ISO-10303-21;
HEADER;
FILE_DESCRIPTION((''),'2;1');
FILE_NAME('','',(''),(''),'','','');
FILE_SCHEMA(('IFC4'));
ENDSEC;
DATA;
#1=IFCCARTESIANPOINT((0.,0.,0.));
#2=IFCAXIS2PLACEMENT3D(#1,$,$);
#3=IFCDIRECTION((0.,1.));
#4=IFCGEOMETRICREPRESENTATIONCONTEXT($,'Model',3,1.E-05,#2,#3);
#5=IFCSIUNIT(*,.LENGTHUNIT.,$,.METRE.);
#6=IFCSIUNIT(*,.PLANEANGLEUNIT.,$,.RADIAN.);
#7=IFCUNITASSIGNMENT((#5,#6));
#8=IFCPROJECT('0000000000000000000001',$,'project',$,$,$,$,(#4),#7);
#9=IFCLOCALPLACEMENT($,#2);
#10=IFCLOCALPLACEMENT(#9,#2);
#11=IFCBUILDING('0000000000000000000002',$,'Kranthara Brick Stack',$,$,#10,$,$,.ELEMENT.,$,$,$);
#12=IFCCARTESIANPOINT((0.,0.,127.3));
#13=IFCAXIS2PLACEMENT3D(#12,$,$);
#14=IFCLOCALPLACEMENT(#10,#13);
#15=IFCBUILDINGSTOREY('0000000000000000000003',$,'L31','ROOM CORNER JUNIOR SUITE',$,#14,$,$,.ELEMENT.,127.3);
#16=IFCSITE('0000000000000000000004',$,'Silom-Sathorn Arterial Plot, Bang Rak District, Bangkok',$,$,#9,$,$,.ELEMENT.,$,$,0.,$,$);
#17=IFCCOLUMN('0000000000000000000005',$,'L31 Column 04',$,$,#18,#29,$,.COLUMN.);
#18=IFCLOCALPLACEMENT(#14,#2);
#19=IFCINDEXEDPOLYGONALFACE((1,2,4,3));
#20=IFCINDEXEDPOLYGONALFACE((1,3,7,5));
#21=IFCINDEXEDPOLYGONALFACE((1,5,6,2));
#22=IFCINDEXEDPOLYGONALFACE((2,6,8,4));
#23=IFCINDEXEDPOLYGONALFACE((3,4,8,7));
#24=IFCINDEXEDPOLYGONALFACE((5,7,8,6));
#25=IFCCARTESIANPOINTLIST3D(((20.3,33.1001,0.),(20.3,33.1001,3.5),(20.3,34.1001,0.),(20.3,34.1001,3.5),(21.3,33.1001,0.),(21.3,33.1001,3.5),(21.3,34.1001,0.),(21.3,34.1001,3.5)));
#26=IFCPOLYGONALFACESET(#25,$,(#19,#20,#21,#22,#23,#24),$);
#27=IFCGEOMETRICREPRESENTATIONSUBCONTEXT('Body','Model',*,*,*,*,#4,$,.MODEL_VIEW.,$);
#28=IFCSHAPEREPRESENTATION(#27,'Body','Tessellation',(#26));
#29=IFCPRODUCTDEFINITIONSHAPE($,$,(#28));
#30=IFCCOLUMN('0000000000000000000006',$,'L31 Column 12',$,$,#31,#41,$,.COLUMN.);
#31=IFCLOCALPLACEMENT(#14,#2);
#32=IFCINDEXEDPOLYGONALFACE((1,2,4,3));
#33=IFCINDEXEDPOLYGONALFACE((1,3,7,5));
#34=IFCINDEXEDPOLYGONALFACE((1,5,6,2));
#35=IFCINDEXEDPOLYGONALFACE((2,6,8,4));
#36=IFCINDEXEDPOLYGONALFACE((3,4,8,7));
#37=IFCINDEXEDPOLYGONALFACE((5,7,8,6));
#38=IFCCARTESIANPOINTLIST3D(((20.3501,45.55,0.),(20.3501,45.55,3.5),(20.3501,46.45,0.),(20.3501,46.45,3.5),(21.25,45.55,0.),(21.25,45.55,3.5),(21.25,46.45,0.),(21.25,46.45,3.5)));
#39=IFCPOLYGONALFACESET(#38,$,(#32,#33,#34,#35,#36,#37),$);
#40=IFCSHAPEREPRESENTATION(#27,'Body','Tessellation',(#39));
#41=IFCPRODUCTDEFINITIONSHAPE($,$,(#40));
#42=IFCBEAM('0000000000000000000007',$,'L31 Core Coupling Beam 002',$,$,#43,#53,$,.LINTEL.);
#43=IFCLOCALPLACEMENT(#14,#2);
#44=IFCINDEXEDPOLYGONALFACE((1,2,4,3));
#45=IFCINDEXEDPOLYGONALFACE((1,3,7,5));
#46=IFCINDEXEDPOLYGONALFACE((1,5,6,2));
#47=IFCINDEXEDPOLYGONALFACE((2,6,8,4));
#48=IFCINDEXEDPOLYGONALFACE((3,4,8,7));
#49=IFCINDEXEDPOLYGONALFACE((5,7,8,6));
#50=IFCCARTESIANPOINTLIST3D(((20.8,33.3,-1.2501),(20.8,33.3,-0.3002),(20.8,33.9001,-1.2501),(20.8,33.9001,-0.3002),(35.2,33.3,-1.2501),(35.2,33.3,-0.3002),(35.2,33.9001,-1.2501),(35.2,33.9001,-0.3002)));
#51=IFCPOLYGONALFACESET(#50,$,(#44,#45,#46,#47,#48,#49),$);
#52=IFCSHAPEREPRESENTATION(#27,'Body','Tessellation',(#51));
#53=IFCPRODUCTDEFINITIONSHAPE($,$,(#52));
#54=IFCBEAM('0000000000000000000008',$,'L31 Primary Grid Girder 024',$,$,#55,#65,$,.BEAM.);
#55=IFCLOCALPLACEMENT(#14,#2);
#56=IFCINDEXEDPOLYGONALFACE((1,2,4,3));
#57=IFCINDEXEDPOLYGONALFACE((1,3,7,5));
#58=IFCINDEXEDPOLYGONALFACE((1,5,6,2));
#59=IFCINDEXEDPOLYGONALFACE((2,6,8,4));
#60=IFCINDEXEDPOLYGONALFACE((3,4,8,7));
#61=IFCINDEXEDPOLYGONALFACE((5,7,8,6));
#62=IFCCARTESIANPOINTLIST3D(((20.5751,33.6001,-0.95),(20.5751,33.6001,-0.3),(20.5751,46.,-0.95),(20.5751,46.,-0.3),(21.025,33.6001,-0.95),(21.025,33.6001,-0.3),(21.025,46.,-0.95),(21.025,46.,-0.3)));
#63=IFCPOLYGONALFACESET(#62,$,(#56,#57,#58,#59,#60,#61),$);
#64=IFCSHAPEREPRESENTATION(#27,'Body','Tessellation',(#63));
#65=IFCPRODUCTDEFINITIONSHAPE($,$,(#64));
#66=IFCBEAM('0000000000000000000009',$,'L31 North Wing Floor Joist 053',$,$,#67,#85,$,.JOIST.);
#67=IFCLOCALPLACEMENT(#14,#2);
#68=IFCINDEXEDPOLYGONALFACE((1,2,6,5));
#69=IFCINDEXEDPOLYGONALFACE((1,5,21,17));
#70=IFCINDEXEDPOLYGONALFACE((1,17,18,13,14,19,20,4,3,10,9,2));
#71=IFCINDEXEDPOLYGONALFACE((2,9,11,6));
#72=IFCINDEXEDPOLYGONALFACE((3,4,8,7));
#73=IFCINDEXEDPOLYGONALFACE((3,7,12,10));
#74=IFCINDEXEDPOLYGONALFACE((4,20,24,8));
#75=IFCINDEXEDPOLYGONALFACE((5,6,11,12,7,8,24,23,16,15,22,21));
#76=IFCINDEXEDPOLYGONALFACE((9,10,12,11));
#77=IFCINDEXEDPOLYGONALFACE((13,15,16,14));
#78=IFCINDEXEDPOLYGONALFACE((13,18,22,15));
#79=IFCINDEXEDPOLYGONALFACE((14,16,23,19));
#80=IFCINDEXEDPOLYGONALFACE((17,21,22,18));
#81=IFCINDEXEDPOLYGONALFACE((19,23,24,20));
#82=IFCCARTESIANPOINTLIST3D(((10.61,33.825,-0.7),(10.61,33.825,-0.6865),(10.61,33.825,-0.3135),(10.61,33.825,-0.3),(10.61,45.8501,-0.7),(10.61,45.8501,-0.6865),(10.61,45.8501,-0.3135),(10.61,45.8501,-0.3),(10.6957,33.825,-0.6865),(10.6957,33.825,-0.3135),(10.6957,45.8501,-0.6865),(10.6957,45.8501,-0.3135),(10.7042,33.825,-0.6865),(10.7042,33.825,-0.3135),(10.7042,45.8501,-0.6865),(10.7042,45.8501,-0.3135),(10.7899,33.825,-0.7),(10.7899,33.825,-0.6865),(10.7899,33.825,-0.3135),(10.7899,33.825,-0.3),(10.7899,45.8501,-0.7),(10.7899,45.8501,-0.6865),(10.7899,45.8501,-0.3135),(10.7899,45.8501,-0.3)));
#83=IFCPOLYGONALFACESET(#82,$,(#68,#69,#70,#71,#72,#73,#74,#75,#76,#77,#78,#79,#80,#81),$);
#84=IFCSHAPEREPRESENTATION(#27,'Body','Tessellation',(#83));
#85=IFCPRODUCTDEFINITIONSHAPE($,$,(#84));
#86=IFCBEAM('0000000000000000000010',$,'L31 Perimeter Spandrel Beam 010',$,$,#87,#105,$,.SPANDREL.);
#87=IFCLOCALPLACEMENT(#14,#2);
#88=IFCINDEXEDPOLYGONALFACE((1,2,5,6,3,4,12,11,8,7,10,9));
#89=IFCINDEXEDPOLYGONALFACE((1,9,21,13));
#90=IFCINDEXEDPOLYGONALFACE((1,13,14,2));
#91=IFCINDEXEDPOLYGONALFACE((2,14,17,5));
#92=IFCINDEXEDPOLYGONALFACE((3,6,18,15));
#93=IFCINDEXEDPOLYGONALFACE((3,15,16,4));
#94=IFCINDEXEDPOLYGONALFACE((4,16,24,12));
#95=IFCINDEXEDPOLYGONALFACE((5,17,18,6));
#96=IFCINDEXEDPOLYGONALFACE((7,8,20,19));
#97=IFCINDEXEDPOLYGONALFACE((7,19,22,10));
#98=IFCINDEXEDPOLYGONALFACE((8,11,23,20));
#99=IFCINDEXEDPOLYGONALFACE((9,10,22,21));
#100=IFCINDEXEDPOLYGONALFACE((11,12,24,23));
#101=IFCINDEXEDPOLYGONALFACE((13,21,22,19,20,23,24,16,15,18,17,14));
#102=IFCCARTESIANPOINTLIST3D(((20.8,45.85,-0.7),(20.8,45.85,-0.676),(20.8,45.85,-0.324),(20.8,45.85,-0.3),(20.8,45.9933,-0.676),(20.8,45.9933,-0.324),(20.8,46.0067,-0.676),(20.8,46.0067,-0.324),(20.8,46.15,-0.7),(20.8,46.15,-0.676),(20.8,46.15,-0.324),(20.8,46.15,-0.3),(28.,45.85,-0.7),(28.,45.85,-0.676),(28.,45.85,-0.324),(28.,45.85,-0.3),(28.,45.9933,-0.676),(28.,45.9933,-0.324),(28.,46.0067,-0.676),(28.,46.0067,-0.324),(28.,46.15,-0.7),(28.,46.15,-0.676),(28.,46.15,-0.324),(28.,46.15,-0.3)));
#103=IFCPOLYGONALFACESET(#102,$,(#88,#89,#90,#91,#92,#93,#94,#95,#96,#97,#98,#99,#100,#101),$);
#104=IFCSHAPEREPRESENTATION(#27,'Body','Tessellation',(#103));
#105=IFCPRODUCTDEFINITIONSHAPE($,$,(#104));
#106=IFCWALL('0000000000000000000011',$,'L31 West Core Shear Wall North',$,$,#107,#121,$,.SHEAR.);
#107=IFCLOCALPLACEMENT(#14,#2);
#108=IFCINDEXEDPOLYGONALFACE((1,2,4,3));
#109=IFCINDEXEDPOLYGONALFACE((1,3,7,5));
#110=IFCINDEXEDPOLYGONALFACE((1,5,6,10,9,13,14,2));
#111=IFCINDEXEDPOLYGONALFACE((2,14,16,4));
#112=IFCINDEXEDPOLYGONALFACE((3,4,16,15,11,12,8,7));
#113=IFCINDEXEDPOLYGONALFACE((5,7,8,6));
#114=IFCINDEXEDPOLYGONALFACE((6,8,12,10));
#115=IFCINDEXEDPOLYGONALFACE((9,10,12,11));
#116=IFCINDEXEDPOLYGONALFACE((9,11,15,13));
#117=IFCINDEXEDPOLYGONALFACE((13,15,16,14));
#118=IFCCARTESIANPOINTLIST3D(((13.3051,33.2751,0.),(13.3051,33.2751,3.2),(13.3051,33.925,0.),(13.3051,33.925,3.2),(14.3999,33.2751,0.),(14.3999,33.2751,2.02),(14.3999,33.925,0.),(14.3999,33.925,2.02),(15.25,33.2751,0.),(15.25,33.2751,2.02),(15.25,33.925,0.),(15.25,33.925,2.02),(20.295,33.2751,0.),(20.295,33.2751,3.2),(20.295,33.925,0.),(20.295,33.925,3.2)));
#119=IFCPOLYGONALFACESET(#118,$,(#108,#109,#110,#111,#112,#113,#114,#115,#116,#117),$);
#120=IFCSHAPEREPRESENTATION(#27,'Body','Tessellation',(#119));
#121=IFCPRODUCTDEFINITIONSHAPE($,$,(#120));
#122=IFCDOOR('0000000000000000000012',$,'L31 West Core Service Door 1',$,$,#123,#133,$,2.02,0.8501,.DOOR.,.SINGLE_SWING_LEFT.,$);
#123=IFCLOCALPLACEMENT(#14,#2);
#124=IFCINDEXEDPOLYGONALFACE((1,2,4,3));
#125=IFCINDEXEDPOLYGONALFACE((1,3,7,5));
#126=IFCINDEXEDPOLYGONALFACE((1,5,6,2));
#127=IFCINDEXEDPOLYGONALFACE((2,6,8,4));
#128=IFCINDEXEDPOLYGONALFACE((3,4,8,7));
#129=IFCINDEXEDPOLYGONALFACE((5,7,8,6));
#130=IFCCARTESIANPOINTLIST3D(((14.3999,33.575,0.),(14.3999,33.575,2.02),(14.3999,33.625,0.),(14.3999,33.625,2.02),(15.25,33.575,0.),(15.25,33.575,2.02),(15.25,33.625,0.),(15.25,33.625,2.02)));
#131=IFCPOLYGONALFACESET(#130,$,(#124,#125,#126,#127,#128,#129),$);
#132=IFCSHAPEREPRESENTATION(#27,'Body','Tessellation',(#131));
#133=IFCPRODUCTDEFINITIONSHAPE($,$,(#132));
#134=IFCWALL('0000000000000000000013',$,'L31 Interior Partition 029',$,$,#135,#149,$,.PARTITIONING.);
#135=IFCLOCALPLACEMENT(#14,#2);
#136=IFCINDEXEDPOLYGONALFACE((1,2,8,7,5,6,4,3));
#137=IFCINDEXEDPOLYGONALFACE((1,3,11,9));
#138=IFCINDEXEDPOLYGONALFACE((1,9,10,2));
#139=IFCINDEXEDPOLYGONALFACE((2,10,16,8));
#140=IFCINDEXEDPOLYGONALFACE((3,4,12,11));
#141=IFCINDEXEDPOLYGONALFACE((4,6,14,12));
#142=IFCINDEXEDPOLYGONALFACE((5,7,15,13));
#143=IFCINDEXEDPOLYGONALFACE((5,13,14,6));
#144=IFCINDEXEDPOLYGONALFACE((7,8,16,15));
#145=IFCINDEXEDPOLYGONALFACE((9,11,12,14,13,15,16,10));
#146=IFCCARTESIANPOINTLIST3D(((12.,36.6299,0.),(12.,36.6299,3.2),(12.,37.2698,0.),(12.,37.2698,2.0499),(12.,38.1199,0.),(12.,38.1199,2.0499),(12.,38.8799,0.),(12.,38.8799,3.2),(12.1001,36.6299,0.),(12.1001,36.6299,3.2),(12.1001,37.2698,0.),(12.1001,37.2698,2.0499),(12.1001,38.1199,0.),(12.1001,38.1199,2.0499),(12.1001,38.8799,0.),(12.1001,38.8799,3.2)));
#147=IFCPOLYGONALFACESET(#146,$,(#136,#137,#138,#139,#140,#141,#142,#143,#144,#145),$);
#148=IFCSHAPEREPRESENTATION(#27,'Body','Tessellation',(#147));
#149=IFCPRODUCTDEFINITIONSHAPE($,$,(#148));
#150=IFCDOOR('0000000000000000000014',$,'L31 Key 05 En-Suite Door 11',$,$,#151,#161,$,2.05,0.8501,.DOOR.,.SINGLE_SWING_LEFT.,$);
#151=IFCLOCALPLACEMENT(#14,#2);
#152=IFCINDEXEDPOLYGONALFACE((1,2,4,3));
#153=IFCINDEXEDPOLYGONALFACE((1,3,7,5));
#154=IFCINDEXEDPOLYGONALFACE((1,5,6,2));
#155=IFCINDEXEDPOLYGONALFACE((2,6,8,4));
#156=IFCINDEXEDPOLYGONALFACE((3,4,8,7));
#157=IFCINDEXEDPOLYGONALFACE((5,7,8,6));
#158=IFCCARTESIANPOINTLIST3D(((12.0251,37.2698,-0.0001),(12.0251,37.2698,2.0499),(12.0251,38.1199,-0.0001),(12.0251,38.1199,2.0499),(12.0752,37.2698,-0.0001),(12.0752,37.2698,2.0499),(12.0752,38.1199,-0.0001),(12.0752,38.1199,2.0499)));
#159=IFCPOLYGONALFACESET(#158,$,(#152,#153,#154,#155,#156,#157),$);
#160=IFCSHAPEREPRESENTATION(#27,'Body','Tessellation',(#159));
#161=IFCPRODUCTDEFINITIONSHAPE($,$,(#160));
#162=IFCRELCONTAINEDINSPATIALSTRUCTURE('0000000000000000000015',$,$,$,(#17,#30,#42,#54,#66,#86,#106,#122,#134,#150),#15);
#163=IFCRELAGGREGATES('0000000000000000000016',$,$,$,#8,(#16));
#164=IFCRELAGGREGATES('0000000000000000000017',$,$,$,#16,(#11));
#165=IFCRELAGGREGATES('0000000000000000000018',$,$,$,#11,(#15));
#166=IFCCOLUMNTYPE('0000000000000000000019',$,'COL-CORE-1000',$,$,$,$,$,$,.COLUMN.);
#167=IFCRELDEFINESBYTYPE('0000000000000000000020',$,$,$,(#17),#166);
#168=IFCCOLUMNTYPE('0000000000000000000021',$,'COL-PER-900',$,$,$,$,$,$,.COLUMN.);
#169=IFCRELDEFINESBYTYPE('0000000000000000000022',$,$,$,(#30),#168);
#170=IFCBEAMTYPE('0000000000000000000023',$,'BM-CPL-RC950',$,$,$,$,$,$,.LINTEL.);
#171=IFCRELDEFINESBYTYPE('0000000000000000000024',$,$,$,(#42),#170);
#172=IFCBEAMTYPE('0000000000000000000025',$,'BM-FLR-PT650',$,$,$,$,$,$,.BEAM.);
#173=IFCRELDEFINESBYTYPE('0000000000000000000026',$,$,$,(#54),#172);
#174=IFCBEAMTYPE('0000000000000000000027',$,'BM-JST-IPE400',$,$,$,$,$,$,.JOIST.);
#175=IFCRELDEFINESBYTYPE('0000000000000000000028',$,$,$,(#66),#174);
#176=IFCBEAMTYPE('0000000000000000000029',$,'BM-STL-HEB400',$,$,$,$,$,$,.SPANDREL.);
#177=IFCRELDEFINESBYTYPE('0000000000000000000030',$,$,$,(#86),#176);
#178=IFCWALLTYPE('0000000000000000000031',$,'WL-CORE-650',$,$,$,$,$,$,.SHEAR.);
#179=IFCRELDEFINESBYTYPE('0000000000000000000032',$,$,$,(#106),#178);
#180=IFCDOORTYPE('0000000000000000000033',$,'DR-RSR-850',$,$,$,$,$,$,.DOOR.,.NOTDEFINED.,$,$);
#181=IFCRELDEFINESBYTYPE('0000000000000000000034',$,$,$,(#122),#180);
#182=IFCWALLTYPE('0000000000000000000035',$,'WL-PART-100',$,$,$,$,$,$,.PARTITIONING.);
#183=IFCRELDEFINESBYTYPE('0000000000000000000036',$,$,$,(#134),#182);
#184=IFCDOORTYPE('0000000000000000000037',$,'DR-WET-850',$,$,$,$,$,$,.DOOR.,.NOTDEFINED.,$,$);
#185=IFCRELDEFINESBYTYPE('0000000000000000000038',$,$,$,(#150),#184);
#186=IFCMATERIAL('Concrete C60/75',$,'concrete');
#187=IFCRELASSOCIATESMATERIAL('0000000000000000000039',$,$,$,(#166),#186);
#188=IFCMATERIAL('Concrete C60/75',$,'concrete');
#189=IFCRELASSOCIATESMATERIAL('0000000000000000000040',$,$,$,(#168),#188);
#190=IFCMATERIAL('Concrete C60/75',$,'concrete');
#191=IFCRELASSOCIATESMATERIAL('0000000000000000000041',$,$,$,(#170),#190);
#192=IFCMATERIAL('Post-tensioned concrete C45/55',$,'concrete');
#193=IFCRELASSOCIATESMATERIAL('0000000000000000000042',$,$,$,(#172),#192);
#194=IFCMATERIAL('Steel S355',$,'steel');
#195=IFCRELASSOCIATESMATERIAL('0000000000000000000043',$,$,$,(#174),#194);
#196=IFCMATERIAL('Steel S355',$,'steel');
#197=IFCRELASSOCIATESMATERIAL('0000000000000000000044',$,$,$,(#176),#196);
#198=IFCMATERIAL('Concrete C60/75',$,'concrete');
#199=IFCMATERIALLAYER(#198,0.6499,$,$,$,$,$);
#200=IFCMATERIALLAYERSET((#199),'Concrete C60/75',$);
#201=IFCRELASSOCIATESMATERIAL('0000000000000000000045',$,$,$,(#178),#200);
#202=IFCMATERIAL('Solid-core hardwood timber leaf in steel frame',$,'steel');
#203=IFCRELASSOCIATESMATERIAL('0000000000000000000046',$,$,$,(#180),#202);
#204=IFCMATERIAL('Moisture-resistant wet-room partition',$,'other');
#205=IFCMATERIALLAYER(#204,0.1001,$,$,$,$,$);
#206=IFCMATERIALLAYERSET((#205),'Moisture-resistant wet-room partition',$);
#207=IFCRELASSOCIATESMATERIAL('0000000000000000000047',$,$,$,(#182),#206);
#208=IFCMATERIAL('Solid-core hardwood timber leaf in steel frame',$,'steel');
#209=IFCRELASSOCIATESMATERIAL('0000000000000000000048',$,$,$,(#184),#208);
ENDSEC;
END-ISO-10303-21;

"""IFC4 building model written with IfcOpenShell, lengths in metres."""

from ifc_helpers import new_model, si_unit, direction, frame, frame_2d, origin, origin_2d, place, context, subcontext, project, spatial, rectangle, i_section, extrude, material, layer, layer_set, material_profile, profile_set, type_object, element, fill, save


model = new_model("IFC4")

# Units and contexts
model_context = context("Model", 3, precision=1e-05, world=origin(), true_north=direction((0.0, 1.0)))
body_context = subcontext(model_context, "Body", "Model", "MODEL_VIEW")
ifc_project = project(units=[si_unit("LENGTHUNIT", "METRE"), si_unit("PLANEANGLEUNIT", "RADIAN")], contexts=[model_context])

# Site, building, storey
site_placement = place(None, origin())
site = spatial("IfcSite", under=ifc_project, at=site_placement, Name="Silom-Sathorn Arterial Plot, Bang Rak District, Bangkok", CompositionType="ELEMENT", RefElevation=0.0)
building_placement = place(site_placement, origin())
building = spatial("IfcBuilding", under=site, at=building_placement, Name="Kranthara Brick Stack", CompositionType="ELEMENT")
storey_placement = place(building_placement, frame((0.0, 0.0, 127.3)))
storey = spatial("IfcBuildingStorey", under=building, at=storey_placement, Name="L31", Description="ROOM CORNER JUNIOR SUITE", CompositionType="ELEMENT", Elevation=127.3)

# Columns
ifc_material_1 = material(Name="Concrete C60/75", Category="concrete")
ifc_material_profile_1 = material_profile(ifc_material_1, rectangle(XDim=1.0, YDim=1.0, at=origin_2d()), Name="RC 1000x1000")
ifc_profile_set_1 = profile_set([ifc_material_profile_1], Name="Concrete C60/75")
column_type_1 = type_object("IfcColumnType", Name="COL-CORE-1000", PredefinedType="COLUMN", material=ifc_profile_set_1)
column_1_placement = place(storey_placement, frame((20.8, 33.6001, 0.0), z_axis=(0.0, 0.0, 1.0), x_axis=(1.0, 0.0, 0.0)))
element("IfcColumn", 1, at=column_1_placement, inside=storey, type_object=column_type_1, Name="L31 Column 04", PredefinedType="COLUMN", context=body_context, shape_type="SweptSolid", body=[
    extrude(rectangle(XDim=1.0, YDim=1.0, at=origin_2d()), origin(), (0.0, 0.0, 1.0), 3.5),
])
ifc_material_2 = material(Name="Concrete C60/75", Category="concrete")
ifc_material_profile_2 = material_profile(ifc_material_2, rectangle(XDim=0.8999, YDim=0.8999, at=origin_2d()), Name="RC 900x900")
ifc_profile_set_2 = profile_set([ifc_material_profile_2], Name="Concrete C60/75")
column_type_2 = type_object("IfcColumnType", Name="COL-PER-900", PredefinedType="COLUMN", material=ifc_profile_set_2)
column_2_placement = place(storey_placement, frame((20.8, 46.0, 0.0), z_axis=(0.0, 0.0, 1.0), x_axis=(1.0, 0.0, 0.0)))
element("IfcColumn", 2, at=column_2_placement, inside=storey, type_object=column_type_2, Name="L31 Column 12", PredefinedType="COLUMN", context=body_context, shape_type="SweptSolid", body=[
    extrude(rectangle(XDim=0.8999, YDim=0.8999, at=origin_2d()), origin(), (0.0, 0.0, 1.0), 3.5),
])

# Beams
ifc_material_3 = material(Name="Concrete C60/75", Category="concrete")
ifc_material_profile_3 = material_profile(ifc_material_3, rectangle(XDim=0.6001, YDim=0.95, at=origin_2d()), Name="RC 600x950")
ifc_profile_set_3 = profile_set([ifc_material_profile_3], Name="Concrete C60/75")
beam_type_1 = type_object("IfcBeamType", Name="BM-CPL-RC950", PredefinedType="LINTEL", material=ifc_profile_set_3)
beam_1_placement = place(storey_placement, frame((20.8, 33.6001, -0.7751), z_axis=(1.0, 0.0, 0.0), x_axis=(0.0, 1.0, 0.0)))
element("IfcBeam", 3, at=beam_1_placement, inside=storey, type_object=beam_type_1, Name="L31 Core Coupling Beam 002", PredefinedType="LINTEL", context=body_context, shape_type="SweptSolid", body=[
    extrude(rectangle(XDim=0.6001, YDim=0.95, at=origin_2d()), origin(), (0.0, 0.0, 1.0), 14.3999),
])
ifc_material_4 = material(Name="Post-tensioned concrete C45/55", Category="concrete")
ifc_material_profile_4 = material_profile(ifc_material_4, rectangle(XDim=0.45, YDim=0.6499, at=origin_2d()), Name="PT 450x650")
ifc_profile_set_4 = profile_set([ifc_material_profile_4], Name="Post-tensioned concrete C45/55")
beam_type_2 = type_object("IfcBeamType", Name="BM-FLR-PT650", PredefinedType="BEAM", material=ifc_profile_set_4)
beam_2_placement = place(storey_placement, frame((20.8, 33.6001, -0.625), z_axis=(0.0, 1.0, 0.0), x_axis=(-1.0, 0.0, 0.0)))
element("IfcBeam", 4, at=beam_2_placement, inside=storey, type_object=beam_type_2, Name="L31 Primary Grid Girder 024", PredefinedType="BEAM", context=body_context, shape_type="SweptSolid", body=[
    extrude(rectangle(XDim=0.45, YDim=0.6499, at=origin_2d()), origin(), (0.0, 0.0, 1.0), 12.3999),
])
ifc_material_5 = material(Name="Steel S355", Category="steel")
ifc_material_profile_5 = material_profile(ifc_material_5, i_section(OverallWidth=0.1799, OverallDepth=0.3999, WebThickness=0.0085, FlangeThickness=0.0134, at=origin_2d()), Name="IPE 400")
ifc_profile_set_5 = profile_set([ifc_material_profile_5], Name="Steel S355")
beam_type_3 = type_object("IfcBeamType", Name="BM-JST-IPE400", PredefinedType="JOIST", material=ifc_profile_set_5)
beam_3_placement = place(storey_placement, frame((10.7, 33.825, -0.5), z_axis=(0.0, 1.0, 0.0), x_axis=(-1.0, 0.0, 0.0)))
element("IfcBeam", 5, at=beam_3_placement, inside=storey, type_object=beam_type_3, Name="L31 North Wing Floor Joist 053", PredefinedType="JOIST", context=body_context, shape_type="SweptSolid", body=[
    extrude(i_section(OverallWidth=0.1799, OverallDepth=0.3999, WebThickness=0.0085, FlangeThickness=0.0134, at=origin_2d()), origin(), (0.0, 0.0, 1.0), 12.0251),
])
ifc_material_6 = material(Name="Steel S355", Category="steel")
ifc_material_profile_6 = material_profile(ifc_material_6, i_section(OverallWidth=0.3, OverallDepth=0.3999, WebThickness=0.0134, FlangeThickness=0.0239, at=origin_2d()), Name="HEB 400")
ifc_profile_set_6 = profile_set([ifc_material_profile_6], Name="Steel S355")
beam_type_4 = type_object("IfcBeamType", Name="BM-STL-HEB400", PredefinedType="SPANDREL", material=ifc_profile_set_6)
beam_4_placement = place(storey_placement, frame((20.8, 46.0, -0.5), z_axis=(1.0, 0.0, 0.0), x_axis=(0.0, 1.0, 0.0)))
element("IfcBeam", 6, at=beam_4_placement, inside=storey, type_object=beam_type_4, Name="L31 Perimeter Spandrel Beam 010", PredefinedType="SPANDREL", context=body_context, shape_type="SweptSolid", body=[
    extrude(i_section(OverallWidth=0.3, OverallDepth=0.3999, WebThickness=0.0134, FlangeThickness=0.0239, at=origin_2d()), origin(), (0.0, 0.0, 1.0), 7.2),
])

# Walls, openings, doors
ifc_material_7 = material(Name="Concrete C60/75", Category="concrete")
ifc_layer_1 = layer(ifc_material_7, 0.6499)
ifc_layer_set_1 = layer_set([ifc_layer_1], Name="Concrete C60/75")
wall_type_1 = type_object("IfcWallType", Name="WL-CORE-650", PredefinedType="SHEAR", material=ifc_layer_set_1)
wall_1_placement = place(storey_placement, frame((13.3049, 33.6001, 0.0), z_axis=(0.0, 0.0, 1.0), x_axis=(1.0, 0.0, 0.0)))
wall_1 = element("IfcWall", 7, at=wall_1_placement, inside=storey, type_object=wall_type_1, Name="L31 West Core Shear Wall North", PredefinedType="SHEAR", context=body_context, shape_type="SweptSolid", body=[
    extrude(rectangle(XDim=6.99, YDim=0.6499, at=frame_2d((3.4951, 0.0))), origin(), (0.0, 0.0, 1.0), 3.2),
])
opening_1_placement = place(wall_1_placement, frame((1.095, 0.0, 0.0)))
opening_1 = element("IfcOpeningElement", 8, at=opening_1_placement, cuts=wall_1, PredefinedType="OPENING", context=body_context, shape_type="SweptSolid", body=[
    extrude(rectangle(XDim=0.8501, YDim=2.02, at=frame_2d((0.425, 1.01))), frame((0.0, 0.335, 0.0), z_axis=(0.0, -1.0, 0.0), x_axis=(1.0, 0.0, 0.0)), (0.0, 0.0, 1.0), 0.6699),
])
ifc_material_8 = material(Name="Solid-core hardwood timber leaf in steel frame", Category="steel")
door_type_1 = type_object("IfcDoorType", Name="DR-RSR-850", OperationType="NOTDEFINED", PredefinedType="DOOR", material=ifc_material_8)
door_1_placement = place(opening_1_placement, origin())
door_1 = element("IfcDoor", 9, at=door_1_placement, inside=storey, type_object=door_type_1, Name="L31 West Core Service Door 1", OperationType="SINGLE_SWING_LEFT", OverallHeight=2.02, OverallWidth=0.8501, PredefinedType="DOOR", context=body_context, shape_type="SweptSolid", body=[
    extrude(rectangle(XDim=0.8501, YDim=2.02, at=frame_2d((0.425, 1.01))), frame((0.0, 0.0249, 0.0), z_axis=(0.0, -1.0, 0.0), x_axis=(1.0, 0.0, 0.0)), (0.0, 0.0, 1.0), 0.05),
])
fill(opening_1, door_1)
ifc_material_9 = material(Name="Moisture-resistant wet-room partition", Category="other")
ifc_layer_2 = layer(ifc_material_9, 0.1001)
ifc_layer_set_2 = layer_set([ifc_layer_2], Name="Moisture-resistant wet-room partition")
wall_type_2 = type_object("IfcWallType", Name="WL-PART-100", PredefinedType="PARTITIONING", material=ifc_layer_set_2)
wall_2_placement = place(storey_placement, frame((12.05, 36.6299, 0.0), z_axis=(0.0, 0.0, 1.0), x_axis=(0.0, 1.0, 0.0)))
wall_2 = element("IfcWall", 10, at=wall_2_placement, inside=storey, type_object=wall_type_2, Name="L31 Interior Partition 029", PredefinedType="PARTITIONING", context=body_context, shape_type="SweptSolid", body=[
    extrude(rectangle(XDim=2.25, YDim=0.1001, at=frame_2d((1.125, 0.0))), origin(), (0.0, 0.0, 1.0), 3.2),
])
opening_2_placement = place(wall_2_placement, frame((0.6399, 0.0, 0.0)))
opening_2 = element("IfcOpeningElement", 11, at=opening_2_placement, cuts=wall_2, PredefinedType="OPENING", context=body_context, shape_type="SweptSolid", body=[
    extrude(rectangle(XDim=0.8501, YDim=2.05, at=frame_2d((0.425, 1.0249))), frame((0.0, 0.0601, 0.0), z_axis=(0.0, -1.0, 0.0), x_axis=(1.0, 0.0, 0.0)), (0.0, 0.0, 1.0), 0.1201),
])
ifc_material_10 = material(Name="Solid-core hardwood timber leaf in steel frame", Category="steel")
door_type_2 = type_object("IfcDoorType", Name="DR-WET-850", OperationType="NOTDEFINED", PredefinedType="DOOR", material=ifc_material_10)
door_2_placement = place(opening_2_placement, origin())
door_2 = element("IfcDoor", 12, at=door_2_placement, inside=storey, type_object=door_type_2, Name="L31 Key 05 En-Suite Door 11", OperationType="SINGLE_SWING_LEFT", OverallHeight=2.05, OverallWidth=0.8501, PredefinedType="DOOR", context=body_context, shape_type="SweptSolid", body=[
    extrude(rectangle(XDim=0.8501, YDim=2.05, at=frame_2d((0.425, 1.0249))), frame((0.0, 0.0249, 0.0), z_axis=(0.0, -1.0, 0.0), x_axis=(1.0, 0.0, 0.0)), (0.0, 0.0, 1.0), 0.05),
])
fill(opening_2, door_2)

save(model, "model.ifc")
